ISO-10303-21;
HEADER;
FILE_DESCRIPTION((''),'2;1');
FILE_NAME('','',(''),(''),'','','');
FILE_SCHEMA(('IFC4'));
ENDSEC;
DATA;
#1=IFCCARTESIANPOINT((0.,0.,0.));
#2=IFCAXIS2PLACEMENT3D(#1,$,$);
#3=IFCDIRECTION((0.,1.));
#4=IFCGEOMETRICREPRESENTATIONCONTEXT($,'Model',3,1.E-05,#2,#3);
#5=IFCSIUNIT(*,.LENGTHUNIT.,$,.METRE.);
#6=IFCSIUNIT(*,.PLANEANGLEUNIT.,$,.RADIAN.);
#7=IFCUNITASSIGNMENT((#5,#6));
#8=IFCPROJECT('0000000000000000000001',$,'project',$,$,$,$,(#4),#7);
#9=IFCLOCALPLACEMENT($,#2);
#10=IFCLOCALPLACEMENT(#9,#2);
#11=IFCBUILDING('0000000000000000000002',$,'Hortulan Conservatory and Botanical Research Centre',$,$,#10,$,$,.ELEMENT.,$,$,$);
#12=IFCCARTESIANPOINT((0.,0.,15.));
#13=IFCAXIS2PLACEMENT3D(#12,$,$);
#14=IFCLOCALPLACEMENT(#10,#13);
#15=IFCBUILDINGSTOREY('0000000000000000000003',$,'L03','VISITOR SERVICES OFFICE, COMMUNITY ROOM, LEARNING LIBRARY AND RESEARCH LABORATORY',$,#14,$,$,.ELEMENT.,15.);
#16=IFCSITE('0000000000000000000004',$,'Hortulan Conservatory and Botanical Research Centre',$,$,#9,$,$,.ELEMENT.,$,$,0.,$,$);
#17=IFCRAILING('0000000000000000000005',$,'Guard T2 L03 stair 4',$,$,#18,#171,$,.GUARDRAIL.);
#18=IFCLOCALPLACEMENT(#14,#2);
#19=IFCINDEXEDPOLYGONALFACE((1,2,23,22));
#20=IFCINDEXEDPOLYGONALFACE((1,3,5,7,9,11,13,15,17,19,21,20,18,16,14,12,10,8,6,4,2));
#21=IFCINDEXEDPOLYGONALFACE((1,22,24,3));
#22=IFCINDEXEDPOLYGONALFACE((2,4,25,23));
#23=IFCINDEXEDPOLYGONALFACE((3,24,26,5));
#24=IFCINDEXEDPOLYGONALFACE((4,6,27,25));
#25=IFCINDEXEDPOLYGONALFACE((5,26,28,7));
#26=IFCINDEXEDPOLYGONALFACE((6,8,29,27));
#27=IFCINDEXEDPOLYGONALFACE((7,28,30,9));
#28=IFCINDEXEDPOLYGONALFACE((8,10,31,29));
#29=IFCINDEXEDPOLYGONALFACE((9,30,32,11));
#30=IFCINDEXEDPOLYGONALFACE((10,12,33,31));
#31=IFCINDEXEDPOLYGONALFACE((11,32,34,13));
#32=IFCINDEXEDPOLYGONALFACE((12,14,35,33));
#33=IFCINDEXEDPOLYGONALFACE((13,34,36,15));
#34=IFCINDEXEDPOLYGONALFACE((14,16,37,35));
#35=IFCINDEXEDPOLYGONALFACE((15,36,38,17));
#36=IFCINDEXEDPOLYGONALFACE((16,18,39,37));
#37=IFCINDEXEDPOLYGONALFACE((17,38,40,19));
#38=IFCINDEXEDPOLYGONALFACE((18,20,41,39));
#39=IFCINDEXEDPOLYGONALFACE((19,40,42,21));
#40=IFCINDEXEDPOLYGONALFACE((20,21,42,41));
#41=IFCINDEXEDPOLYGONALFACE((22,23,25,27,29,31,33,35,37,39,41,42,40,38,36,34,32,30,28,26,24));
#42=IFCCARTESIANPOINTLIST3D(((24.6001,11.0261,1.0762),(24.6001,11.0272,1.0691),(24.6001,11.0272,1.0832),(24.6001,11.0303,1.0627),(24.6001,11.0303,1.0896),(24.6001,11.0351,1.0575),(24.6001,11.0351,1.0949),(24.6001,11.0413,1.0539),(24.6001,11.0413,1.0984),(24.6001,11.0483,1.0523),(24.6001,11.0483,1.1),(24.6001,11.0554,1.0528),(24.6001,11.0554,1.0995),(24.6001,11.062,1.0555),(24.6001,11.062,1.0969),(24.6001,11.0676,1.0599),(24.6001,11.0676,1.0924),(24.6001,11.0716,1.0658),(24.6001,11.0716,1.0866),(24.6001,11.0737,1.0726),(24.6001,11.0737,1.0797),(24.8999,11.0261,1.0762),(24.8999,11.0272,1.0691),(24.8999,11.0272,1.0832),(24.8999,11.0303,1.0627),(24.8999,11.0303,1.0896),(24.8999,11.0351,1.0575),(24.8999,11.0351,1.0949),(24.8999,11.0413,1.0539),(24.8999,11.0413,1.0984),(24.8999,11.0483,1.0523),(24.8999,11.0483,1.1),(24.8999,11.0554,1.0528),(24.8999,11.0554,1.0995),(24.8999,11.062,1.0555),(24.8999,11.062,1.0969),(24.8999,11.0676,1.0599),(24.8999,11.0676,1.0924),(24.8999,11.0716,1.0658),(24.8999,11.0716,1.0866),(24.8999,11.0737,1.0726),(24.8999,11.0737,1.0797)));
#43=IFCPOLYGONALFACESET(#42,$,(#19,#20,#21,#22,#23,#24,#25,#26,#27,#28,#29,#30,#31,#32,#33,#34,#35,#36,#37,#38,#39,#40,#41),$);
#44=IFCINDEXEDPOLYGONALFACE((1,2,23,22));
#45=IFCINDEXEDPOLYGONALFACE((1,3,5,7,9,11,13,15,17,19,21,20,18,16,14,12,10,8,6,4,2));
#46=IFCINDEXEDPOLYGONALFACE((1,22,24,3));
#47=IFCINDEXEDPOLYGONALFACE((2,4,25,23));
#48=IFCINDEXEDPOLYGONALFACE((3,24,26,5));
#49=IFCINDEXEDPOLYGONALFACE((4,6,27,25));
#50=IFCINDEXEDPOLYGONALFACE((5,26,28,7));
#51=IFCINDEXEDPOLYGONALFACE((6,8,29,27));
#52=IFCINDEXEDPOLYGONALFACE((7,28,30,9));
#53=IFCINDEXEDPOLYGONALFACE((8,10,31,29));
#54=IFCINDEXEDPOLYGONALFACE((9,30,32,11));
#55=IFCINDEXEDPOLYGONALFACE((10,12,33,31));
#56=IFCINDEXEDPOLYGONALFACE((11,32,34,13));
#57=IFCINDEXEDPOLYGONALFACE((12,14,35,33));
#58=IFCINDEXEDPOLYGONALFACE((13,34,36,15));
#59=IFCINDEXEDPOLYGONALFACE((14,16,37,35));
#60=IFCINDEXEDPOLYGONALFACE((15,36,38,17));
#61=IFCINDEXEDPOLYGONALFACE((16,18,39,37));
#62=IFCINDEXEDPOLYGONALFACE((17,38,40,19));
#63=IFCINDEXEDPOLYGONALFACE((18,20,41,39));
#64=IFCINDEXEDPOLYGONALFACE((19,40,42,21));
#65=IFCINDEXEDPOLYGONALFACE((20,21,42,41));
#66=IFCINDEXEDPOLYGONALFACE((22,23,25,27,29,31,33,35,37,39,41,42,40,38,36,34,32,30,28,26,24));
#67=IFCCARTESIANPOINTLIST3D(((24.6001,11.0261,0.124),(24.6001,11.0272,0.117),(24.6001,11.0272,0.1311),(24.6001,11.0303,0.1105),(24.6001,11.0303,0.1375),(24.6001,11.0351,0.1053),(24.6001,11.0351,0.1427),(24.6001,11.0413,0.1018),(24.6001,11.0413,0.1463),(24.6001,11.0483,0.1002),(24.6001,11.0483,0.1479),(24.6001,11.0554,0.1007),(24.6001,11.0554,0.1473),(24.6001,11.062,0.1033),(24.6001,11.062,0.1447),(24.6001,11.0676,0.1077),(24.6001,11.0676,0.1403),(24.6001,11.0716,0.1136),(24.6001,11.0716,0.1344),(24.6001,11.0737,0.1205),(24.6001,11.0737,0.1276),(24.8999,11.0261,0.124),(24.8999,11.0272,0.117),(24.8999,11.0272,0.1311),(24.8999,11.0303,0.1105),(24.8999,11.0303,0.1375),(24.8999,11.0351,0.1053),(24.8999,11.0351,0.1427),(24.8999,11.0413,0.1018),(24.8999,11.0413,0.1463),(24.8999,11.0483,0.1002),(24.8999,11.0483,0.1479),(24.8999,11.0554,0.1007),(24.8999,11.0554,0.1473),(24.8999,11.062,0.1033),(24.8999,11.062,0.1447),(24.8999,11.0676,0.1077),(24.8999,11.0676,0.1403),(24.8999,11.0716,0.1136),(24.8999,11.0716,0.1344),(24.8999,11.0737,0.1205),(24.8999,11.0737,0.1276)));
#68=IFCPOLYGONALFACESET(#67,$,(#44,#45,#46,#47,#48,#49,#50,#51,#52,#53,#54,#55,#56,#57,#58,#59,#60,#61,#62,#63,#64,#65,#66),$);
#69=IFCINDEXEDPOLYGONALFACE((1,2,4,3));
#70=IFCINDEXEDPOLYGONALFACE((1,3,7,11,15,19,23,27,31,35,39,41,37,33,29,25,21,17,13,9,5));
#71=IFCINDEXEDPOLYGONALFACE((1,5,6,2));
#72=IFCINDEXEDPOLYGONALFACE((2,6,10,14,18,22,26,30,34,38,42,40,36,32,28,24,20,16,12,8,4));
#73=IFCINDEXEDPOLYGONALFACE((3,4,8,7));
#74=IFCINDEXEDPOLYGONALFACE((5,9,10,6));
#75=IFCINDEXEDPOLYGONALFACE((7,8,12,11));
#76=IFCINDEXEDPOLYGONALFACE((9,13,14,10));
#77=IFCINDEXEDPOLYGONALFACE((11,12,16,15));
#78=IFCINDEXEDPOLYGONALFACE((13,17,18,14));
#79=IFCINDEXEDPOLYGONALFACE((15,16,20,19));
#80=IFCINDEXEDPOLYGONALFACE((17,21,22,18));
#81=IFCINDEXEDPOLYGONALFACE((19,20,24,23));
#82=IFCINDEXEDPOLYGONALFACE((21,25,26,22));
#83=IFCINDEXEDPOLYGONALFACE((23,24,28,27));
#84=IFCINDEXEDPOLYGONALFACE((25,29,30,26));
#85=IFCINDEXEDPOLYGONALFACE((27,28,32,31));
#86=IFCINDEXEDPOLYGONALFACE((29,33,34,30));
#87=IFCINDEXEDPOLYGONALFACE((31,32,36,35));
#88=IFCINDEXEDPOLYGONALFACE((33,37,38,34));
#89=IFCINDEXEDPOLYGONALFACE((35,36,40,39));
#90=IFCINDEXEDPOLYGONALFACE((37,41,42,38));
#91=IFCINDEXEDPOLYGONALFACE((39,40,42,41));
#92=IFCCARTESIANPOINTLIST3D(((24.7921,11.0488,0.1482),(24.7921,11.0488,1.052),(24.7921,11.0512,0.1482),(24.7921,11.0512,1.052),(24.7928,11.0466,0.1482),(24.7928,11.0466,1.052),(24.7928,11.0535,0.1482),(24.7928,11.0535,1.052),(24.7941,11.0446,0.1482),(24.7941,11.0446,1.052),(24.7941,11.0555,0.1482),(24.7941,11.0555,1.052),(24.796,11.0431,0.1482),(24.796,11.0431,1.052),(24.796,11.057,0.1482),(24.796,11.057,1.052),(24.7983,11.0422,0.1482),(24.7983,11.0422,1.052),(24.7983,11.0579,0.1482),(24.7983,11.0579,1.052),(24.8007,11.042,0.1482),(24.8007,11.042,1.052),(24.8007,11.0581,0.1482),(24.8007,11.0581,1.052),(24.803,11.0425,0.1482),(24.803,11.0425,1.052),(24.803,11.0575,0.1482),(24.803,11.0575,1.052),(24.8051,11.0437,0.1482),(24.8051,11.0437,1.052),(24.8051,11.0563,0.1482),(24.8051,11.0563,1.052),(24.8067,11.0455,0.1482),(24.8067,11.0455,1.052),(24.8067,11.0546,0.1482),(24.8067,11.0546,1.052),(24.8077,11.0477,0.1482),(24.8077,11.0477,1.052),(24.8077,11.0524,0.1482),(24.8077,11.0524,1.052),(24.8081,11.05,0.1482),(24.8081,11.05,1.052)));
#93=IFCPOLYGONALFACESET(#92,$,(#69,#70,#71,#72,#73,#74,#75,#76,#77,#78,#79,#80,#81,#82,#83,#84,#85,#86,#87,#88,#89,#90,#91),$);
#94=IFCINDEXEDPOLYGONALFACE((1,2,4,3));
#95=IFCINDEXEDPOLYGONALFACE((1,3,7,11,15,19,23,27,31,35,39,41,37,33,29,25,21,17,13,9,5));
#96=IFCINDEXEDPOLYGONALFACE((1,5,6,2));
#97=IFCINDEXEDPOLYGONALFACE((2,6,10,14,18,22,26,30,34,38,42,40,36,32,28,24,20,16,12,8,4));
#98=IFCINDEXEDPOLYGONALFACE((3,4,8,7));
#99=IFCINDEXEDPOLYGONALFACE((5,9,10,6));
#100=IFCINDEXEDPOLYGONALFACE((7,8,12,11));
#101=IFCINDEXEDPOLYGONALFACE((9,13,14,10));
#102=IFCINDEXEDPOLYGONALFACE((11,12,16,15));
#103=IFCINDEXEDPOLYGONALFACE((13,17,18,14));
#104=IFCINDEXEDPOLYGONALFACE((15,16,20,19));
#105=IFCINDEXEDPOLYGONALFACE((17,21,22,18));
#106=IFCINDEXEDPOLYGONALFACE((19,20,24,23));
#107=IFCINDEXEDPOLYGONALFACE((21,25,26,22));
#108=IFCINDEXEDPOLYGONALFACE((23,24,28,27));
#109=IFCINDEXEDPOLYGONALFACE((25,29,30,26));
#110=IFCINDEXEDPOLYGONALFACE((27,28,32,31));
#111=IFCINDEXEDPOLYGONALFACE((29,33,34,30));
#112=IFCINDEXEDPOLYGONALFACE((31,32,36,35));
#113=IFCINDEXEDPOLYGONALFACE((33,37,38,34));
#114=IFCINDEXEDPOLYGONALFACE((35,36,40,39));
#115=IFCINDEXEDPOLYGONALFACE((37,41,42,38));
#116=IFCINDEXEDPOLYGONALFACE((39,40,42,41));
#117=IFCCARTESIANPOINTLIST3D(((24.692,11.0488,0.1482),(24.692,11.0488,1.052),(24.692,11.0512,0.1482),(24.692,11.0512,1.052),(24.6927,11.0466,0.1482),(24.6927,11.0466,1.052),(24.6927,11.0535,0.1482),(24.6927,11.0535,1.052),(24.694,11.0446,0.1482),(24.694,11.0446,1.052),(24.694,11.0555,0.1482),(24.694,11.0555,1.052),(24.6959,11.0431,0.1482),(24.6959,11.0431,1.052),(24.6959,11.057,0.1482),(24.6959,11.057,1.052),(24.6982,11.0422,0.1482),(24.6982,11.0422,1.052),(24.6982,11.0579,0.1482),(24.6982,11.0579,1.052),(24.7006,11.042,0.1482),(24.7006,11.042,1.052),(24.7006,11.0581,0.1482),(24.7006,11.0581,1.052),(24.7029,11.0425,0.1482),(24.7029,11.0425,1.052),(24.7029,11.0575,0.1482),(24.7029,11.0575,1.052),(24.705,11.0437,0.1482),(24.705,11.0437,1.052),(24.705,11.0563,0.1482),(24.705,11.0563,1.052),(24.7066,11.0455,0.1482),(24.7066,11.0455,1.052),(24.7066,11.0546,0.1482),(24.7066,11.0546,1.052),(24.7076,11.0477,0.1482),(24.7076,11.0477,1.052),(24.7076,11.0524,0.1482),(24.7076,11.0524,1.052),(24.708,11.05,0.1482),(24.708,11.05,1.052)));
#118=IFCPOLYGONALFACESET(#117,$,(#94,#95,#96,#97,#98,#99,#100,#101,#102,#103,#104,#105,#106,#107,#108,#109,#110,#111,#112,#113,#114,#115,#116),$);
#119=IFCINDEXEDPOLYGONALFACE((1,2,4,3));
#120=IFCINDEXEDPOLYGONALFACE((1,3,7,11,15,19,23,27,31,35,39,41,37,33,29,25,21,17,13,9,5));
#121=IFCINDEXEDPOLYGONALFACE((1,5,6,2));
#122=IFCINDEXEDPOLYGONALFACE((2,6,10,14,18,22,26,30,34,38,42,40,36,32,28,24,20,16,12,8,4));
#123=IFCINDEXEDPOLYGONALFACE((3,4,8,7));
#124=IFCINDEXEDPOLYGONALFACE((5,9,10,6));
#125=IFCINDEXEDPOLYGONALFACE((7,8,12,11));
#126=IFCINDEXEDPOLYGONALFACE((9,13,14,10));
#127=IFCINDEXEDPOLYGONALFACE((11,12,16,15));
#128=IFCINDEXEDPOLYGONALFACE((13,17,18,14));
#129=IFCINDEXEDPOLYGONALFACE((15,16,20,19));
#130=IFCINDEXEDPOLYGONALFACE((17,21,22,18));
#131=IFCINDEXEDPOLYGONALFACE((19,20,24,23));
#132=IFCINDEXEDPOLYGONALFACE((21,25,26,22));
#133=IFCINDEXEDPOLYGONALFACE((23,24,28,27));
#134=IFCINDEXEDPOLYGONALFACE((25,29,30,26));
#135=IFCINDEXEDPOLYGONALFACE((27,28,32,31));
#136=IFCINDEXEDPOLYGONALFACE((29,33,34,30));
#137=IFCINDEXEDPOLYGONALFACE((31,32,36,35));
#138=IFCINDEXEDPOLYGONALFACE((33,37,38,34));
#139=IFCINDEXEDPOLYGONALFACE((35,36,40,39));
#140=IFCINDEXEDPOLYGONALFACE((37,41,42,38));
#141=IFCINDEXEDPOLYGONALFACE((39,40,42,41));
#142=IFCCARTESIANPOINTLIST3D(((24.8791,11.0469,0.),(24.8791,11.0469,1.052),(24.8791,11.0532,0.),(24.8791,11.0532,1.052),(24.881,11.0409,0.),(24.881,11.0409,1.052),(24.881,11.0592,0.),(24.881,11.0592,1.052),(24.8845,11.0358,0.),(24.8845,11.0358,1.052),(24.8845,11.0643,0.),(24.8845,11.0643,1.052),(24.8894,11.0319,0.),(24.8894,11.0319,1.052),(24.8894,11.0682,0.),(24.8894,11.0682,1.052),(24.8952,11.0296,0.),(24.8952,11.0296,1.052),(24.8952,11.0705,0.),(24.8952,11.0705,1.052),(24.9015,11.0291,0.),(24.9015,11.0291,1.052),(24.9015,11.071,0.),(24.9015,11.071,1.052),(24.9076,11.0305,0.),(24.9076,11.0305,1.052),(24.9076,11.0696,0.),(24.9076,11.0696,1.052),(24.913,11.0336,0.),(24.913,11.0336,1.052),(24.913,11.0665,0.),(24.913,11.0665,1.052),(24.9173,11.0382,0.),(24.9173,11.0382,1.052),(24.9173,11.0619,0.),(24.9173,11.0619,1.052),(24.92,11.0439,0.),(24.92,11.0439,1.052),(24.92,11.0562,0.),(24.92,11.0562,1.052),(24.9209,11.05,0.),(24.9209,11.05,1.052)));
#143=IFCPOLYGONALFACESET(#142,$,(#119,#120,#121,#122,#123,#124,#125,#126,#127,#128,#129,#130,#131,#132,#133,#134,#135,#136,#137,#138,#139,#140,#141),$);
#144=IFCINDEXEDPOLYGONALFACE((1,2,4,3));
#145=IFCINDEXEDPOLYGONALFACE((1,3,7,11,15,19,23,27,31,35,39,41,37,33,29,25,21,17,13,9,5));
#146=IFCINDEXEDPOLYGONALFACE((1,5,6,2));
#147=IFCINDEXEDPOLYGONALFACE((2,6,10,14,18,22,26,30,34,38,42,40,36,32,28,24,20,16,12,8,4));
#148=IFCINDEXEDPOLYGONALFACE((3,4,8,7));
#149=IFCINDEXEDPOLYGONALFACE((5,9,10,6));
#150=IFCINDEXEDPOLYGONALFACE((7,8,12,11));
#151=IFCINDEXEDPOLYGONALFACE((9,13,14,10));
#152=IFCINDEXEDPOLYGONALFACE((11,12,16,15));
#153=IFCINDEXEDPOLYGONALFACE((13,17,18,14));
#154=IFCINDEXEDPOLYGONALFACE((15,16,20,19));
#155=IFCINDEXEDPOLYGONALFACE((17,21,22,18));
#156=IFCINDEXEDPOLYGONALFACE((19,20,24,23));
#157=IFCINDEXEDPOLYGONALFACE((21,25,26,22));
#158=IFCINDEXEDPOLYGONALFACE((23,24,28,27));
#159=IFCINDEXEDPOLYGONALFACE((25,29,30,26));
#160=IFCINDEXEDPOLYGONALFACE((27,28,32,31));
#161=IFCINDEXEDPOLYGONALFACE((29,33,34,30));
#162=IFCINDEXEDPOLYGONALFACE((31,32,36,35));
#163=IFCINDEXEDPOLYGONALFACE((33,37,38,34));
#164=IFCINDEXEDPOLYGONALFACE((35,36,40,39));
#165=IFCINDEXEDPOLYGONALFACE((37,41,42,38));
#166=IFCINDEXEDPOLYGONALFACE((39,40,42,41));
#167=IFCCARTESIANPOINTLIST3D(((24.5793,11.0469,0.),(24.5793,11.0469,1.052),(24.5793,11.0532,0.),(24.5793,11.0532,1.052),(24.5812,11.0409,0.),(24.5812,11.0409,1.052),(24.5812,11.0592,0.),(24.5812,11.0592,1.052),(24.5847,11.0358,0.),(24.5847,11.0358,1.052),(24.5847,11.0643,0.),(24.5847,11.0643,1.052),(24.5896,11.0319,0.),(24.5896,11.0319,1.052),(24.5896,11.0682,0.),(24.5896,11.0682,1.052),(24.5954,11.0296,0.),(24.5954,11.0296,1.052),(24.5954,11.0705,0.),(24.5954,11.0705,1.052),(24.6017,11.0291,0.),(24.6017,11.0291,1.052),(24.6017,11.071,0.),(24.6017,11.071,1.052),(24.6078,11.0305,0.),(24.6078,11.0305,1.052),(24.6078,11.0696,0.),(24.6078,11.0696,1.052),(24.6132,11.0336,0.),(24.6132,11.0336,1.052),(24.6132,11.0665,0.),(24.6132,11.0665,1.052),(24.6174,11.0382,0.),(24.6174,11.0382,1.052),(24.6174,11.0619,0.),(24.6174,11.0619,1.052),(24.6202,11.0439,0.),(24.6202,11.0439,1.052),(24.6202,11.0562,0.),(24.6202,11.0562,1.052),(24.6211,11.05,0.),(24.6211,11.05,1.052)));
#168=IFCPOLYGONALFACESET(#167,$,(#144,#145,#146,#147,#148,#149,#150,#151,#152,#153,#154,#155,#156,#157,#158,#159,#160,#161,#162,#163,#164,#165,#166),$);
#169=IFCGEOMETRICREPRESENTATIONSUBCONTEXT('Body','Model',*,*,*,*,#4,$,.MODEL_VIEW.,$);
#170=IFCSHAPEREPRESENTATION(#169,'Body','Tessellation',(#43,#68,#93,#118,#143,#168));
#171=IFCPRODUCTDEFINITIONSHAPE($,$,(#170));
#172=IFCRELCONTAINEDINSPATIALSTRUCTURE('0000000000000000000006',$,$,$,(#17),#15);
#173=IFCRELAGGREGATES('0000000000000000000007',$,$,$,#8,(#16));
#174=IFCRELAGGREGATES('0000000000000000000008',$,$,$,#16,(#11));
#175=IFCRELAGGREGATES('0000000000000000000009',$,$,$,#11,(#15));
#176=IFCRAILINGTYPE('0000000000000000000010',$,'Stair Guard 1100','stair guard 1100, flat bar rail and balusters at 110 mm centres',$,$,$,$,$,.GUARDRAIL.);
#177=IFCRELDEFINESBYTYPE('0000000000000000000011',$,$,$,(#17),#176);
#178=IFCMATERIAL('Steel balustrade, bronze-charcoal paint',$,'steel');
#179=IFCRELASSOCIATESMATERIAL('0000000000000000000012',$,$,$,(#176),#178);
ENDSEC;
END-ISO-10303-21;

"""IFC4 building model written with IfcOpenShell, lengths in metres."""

from ifc_helpers import new_model, si_unit, direction, frame, origin, origin_2d, place, context, subcontext, project, spatial, circle, extrude, material, type_object, element, save


model = new_model("IFC4")

# Units and contexts
model_context = context("Model", 3, precision=1e-05, world=origin(), true_north=direction((0.0, 1.0)))
body_context = subcontext(model_context, "Body", "Model", "MODEL_VIEW")
ifc_project = project(units=[si_unit("LENGTHUNIT", "METRE"), si_unit("PLANEANGLEUNIT", "RADIAN")], contexts=[model_context])

# Site, building, storey
site_placement = place(None, origin())
site = spatial("IfcSite", under=ifc_project, at=site_placement, Name="Hortulan Conservatory and Botanical Research Centre", CompositionType="ELEMENT", RefElevation=0.0)
building_placement = place(site_placement, origin())
building = spatial("IfcBuilding", under=site, at=building_placement, Name="Hortulan Conservatory and Botanical Research Centre", CompositionType="ELEMENT")
storey_placement = place(building_placement, frame((0.0, 0.0, 15.0)))
storey = spatial("IfcBuildingStorey", under=building, at=storey_placement, Name="L03", Description="VISITOR SERVICES OFFICE, COMMUNITY ROOM, LEARNING LIBRARY AND RESEARCH LABORATORY", CompositionType="ELEMENT", Elevation=15.0)

# Railing
ifc_material_1 = material(Name="Steel balustrade, bronze-charcoal paint", Category="steel")
railing_type_1 = type_object("IfcRailingType", Name="Stair Guard 1100", Description="stair guard 1100, flat bar rail and balusters at 110 mm centres", PredefinedType="GUARDRAIL", material=ifc_material_1)
railing_1_placement = place(storey_placement, frame((24.8999, 11.05, 0.0)))
element("IfcRailing", 1, at=railing_1_placement, inside=storey, type_object=railing_type_1, Name="Guard T2 L03 stair 4", PredefinedType="GUARDRAIL", context=body_context, shape_type="SweptSolid", body=[
    extrude(circle(Radius=0.0239, at=origin_2d()), frame((0.0, 0.0, 1.0762), z_axis=(-1.0, 0.0, 0.0), x_axis=(0.0, -1.0, 0.0)), (0.0, 0.0, 1.0), 0.2998),
    extrude(circle(Radius=0.0239, at=origin_2d()), frame((0.0, 0.0, 0.124), z_axis=(-1.0, 0.0, 0.0), x_axis=(0.0, -1.0, 0.0)), (0.0, 0.0, 1.0), 0.2998),
    extrude(circle(Radius=0.0081, at=origin_2d()), frame((-0.0999, 0.0, 0.1482)), (0.0, 0.0, 1.0), 0.9038),
    extrude(circle(Radius=0.0081, at=origin_2d()), frame((-0.2, 0.0, 0.1482)), (0.0, 0.0, 1.0), 0.9038),
    extrude(circle(Radius=0.021, at=origin_2d()), origin(), (0.0, 0.0, 1.0), 1.052),
    extrude(circle(Radius=0.021, at=origin_2d()), frame((-0.2998, 0.0, 0.0)), (0.0, 0.0, 1.0), 1.052),
])

save(model, "model.ifc")
